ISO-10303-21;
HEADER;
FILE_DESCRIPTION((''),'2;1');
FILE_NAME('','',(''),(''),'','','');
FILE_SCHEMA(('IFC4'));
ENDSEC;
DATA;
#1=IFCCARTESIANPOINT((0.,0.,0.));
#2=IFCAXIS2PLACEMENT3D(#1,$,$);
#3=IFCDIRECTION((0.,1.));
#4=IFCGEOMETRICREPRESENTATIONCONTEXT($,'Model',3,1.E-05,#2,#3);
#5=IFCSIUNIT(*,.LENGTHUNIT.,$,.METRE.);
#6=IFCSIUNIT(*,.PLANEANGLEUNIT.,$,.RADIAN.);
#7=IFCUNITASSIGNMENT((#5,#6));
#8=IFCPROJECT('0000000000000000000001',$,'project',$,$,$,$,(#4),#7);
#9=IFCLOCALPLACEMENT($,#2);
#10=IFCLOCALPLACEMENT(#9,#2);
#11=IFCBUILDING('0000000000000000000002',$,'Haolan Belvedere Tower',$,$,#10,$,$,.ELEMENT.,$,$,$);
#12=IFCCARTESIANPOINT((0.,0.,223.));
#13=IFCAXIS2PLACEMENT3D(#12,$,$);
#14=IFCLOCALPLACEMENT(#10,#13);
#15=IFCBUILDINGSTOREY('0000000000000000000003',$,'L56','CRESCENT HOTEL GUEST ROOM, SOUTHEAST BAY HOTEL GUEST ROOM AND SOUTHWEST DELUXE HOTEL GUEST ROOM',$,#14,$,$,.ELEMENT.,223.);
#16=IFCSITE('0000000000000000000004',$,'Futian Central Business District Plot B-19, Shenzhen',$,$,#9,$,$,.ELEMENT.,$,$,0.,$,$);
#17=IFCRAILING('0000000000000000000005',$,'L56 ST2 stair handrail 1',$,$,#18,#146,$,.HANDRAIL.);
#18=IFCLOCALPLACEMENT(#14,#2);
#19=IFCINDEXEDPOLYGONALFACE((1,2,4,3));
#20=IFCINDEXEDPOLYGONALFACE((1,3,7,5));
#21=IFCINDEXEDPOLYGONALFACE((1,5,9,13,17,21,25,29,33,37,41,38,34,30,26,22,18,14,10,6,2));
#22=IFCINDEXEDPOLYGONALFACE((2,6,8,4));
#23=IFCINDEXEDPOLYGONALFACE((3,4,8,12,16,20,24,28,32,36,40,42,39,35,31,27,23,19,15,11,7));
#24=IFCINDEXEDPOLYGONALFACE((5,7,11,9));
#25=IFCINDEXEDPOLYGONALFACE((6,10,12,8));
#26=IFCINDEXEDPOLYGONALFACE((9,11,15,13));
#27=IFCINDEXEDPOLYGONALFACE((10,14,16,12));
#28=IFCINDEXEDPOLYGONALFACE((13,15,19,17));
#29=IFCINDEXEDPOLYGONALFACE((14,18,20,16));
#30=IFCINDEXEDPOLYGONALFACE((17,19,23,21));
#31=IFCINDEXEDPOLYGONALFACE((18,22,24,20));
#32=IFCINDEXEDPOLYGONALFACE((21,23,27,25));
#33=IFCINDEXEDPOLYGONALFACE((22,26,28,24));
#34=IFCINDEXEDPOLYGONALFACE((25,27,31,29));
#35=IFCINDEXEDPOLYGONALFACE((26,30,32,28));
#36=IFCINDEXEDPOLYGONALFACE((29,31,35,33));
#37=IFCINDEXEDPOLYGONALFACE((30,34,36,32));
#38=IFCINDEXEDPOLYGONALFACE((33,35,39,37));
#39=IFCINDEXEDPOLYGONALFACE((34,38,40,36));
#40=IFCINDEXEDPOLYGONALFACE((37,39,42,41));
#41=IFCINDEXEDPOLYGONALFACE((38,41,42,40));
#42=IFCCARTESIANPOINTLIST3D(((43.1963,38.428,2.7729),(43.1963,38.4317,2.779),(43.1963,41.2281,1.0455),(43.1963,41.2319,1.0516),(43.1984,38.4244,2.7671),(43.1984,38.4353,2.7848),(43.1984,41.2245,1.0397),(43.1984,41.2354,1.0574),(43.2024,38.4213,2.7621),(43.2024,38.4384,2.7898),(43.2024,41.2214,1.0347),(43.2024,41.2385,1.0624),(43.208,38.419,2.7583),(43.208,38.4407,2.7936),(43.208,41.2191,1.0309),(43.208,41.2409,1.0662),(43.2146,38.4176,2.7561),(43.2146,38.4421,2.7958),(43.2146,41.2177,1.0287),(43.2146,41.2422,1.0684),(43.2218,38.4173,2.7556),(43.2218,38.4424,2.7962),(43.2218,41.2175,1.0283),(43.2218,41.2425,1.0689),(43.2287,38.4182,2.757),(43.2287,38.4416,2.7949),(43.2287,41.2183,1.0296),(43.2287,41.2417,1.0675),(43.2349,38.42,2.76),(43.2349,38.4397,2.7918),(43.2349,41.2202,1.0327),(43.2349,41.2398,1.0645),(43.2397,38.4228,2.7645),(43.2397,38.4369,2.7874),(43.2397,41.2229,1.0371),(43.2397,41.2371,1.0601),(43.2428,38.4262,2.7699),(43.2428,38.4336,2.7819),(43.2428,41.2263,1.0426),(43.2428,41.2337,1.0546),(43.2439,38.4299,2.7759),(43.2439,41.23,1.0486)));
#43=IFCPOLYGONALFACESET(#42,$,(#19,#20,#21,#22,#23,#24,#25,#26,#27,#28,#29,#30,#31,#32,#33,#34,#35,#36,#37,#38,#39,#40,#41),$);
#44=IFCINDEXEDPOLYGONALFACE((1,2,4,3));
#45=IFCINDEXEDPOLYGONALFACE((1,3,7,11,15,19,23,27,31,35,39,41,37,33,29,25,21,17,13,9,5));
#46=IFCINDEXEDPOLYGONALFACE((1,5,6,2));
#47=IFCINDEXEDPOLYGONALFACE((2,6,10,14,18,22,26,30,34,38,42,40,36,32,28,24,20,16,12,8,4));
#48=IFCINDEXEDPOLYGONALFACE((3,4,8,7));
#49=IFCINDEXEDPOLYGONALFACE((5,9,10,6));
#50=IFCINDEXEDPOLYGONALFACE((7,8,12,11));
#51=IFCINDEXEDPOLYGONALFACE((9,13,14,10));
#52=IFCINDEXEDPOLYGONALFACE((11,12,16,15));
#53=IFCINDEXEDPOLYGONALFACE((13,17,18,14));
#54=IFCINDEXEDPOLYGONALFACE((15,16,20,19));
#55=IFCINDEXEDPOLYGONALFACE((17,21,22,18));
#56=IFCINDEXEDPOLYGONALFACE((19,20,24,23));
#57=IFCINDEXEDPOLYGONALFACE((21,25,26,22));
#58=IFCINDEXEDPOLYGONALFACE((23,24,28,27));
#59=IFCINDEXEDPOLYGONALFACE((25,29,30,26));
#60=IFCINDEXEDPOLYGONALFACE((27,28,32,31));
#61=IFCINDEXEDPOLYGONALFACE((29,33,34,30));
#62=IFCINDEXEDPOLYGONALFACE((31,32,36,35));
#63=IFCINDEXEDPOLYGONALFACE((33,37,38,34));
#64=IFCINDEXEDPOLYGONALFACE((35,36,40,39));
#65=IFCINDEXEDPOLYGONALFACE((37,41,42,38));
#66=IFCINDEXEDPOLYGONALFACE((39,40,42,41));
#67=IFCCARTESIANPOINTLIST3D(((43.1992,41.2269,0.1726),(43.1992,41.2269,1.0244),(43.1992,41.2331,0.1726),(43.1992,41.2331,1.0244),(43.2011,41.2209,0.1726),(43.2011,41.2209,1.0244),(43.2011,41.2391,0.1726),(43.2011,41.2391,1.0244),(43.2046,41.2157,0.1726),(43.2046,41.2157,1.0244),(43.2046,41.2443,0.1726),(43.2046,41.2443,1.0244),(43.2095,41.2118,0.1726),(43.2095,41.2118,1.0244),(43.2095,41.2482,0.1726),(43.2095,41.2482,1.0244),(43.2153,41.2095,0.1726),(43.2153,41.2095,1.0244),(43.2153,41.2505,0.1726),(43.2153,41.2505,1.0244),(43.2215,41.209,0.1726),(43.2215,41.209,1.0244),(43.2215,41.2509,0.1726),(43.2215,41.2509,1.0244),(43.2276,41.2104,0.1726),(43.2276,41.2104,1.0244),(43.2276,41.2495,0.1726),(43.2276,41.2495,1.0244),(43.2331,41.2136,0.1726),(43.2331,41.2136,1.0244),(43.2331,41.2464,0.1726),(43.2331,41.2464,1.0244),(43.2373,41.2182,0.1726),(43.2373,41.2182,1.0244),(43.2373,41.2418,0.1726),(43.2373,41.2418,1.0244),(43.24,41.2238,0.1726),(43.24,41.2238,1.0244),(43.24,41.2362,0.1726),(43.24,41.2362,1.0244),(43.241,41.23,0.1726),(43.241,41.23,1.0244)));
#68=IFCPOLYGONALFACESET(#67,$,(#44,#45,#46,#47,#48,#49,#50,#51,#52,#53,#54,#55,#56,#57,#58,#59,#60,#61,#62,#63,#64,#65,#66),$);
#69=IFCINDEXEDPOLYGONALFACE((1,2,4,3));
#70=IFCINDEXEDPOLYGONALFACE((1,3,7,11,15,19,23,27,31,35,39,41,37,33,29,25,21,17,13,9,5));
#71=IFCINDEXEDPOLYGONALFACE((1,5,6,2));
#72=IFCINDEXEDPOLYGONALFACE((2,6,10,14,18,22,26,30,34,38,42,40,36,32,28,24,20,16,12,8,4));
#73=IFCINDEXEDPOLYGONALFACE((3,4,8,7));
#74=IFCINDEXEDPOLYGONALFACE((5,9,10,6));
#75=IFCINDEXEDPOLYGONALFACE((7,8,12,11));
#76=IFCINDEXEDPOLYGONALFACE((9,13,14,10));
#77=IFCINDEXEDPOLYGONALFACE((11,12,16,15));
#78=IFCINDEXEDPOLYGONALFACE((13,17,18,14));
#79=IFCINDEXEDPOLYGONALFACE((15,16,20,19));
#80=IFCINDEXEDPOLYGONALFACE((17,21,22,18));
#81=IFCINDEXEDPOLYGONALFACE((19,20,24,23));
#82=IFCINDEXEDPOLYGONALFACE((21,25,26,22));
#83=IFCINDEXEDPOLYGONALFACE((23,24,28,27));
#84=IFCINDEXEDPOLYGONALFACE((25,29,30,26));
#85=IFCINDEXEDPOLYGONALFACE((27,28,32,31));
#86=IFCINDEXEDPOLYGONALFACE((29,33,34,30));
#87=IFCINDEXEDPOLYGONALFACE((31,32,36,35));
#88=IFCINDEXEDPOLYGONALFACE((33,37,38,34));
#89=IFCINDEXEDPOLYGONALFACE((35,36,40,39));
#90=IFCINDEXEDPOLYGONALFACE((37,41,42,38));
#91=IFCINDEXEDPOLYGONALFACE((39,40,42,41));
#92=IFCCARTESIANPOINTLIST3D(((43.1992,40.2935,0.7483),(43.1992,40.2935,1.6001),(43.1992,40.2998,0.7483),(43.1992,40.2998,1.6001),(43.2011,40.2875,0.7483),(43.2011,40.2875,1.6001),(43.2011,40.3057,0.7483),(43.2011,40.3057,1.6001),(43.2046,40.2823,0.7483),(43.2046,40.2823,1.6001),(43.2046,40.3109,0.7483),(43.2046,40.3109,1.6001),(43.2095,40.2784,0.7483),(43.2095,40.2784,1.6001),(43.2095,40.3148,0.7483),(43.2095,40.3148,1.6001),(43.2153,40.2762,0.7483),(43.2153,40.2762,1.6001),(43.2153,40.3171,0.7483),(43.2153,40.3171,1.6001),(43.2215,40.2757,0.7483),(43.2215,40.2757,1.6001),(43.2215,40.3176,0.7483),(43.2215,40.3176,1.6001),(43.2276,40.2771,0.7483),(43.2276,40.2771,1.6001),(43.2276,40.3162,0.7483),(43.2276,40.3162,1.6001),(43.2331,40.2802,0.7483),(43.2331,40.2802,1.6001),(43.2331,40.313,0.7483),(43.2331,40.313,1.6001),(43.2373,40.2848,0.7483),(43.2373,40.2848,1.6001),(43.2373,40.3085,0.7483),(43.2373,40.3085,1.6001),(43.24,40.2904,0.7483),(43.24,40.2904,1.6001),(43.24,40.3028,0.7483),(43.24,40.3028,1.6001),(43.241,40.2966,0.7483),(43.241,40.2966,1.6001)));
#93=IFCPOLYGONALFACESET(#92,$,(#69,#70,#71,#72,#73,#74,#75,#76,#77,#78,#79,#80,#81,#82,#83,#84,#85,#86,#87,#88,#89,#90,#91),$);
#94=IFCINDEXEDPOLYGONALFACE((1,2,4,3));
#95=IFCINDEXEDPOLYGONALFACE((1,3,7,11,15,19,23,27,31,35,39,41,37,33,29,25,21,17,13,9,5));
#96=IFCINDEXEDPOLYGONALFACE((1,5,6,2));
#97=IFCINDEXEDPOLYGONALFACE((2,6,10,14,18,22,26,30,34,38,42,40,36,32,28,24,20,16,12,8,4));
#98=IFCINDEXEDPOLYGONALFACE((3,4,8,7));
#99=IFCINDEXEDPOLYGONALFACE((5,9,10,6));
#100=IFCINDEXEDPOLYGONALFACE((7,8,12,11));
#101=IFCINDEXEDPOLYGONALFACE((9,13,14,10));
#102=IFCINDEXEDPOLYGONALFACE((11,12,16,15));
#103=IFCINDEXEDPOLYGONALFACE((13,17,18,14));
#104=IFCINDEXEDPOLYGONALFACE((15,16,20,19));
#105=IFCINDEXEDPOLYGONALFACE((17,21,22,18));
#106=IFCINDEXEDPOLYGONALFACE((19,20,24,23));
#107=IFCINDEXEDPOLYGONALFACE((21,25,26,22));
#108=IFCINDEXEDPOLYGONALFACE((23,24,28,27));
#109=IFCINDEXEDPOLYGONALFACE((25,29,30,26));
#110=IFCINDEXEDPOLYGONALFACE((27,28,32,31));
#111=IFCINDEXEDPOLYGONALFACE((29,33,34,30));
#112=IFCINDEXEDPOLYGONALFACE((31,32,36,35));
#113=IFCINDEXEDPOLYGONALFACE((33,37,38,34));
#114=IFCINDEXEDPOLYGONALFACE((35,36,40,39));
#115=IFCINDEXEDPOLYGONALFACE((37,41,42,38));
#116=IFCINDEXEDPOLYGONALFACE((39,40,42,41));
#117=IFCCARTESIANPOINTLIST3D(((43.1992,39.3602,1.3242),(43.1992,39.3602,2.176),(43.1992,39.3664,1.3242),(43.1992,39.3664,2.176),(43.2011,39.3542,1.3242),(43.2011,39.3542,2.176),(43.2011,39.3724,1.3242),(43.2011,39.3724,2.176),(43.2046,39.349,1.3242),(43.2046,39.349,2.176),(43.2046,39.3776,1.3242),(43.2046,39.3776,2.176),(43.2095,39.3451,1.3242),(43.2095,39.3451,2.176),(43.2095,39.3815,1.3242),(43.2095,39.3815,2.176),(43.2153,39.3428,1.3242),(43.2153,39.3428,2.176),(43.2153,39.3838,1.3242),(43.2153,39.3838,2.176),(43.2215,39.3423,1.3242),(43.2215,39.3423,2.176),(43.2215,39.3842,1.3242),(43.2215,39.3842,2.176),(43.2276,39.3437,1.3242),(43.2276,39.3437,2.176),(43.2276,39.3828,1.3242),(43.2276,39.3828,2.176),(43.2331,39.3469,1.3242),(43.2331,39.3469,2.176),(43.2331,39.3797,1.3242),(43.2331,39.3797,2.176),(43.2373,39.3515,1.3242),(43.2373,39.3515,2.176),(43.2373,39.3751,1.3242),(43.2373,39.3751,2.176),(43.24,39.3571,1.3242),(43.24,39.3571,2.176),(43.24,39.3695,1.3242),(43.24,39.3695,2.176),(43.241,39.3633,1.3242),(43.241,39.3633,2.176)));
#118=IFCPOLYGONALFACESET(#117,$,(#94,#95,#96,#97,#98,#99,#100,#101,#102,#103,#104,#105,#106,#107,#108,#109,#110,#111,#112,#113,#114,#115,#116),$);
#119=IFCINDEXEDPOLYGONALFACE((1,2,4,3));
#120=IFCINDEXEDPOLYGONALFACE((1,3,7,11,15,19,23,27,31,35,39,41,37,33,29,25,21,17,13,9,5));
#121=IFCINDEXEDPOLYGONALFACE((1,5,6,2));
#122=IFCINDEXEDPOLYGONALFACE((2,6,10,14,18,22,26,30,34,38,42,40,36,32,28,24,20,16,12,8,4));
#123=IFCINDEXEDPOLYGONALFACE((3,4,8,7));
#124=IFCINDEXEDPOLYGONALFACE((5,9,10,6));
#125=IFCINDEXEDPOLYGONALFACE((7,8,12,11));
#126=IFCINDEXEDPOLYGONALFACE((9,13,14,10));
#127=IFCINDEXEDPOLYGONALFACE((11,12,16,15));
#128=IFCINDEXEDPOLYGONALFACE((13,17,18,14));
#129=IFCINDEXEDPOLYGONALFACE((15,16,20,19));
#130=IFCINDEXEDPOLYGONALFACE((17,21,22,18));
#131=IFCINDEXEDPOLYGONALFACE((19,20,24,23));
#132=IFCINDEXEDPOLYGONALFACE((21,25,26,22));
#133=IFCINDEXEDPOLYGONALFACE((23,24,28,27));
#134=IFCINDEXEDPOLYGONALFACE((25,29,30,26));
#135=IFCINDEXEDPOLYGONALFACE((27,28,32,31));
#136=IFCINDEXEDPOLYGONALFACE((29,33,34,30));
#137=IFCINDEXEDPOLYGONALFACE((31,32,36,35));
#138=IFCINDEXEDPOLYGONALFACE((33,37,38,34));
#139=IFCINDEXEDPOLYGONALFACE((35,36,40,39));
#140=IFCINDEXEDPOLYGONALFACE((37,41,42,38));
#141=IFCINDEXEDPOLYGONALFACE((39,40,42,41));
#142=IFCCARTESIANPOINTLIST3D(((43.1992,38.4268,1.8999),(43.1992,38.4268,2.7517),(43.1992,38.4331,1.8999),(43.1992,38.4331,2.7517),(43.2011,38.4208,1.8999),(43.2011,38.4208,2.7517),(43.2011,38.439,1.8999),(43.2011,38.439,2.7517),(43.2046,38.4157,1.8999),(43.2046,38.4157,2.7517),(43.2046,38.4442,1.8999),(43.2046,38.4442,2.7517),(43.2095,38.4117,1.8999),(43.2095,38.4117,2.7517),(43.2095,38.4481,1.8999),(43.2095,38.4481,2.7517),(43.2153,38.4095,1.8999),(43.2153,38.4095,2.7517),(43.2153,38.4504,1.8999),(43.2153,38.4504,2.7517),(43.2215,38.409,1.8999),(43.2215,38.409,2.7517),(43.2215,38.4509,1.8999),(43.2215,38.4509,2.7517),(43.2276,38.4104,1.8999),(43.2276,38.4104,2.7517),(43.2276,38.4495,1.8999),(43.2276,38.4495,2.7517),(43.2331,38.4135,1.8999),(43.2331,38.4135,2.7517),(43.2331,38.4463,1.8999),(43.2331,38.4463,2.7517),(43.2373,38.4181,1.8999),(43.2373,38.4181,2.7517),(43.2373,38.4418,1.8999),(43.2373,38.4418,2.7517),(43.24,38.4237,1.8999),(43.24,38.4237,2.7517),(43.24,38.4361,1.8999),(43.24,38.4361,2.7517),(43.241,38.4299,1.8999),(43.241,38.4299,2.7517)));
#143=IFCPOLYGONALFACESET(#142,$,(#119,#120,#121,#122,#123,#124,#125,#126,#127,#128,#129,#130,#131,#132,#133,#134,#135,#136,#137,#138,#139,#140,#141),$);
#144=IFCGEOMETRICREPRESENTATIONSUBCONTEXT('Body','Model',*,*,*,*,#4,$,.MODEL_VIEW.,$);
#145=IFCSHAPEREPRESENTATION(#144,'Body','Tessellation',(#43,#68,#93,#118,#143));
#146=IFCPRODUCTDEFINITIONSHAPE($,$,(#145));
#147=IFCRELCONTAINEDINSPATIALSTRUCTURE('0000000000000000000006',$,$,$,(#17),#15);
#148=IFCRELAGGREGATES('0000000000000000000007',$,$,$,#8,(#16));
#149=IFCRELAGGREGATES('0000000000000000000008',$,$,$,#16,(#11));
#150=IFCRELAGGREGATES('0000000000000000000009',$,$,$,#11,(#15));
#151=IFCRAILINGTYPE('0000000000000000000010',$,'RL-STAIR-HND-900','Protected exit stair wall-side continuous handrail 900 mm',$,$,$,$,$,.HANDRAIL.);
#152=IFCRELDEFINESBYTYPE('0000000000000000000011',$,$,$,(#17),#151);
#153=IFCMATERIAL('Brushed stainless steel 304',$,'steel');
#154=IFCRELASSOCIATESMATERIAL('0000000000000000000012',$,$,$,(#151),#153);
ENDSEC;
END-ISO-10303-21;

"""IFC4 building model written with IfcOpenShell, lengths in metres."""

from ifc_helpers import new_model, si_unit, direction, frame, origin, origin_2d, place, context, subcontext, project, spatial, circle, extrude, material, type_object, element, save


model = new_model("IFC4")

# Units and contexts
model_context = context("Model", 3, precision=1e-05, world=origin(), true_north=direction((0.0, 1.0)))
body_context = subcontext(model_context, "Body", "Model", "MODEL_VIEW")
ifc_project = project(units=[si_unit("LENGTHUNIT", "METRE"), si_unit("PLANEANGLEUNIT", "RADIAN")], contexts=[model_context])

# Site, building, storey
site_placement = place(None, origin())
site = spatial("IfcSite", under=ifc_project, at=site_placement, Name="Futian Central Business District Plot B-19, Shenzhen", CompositionType="ELEMENT", RefElevation=0.0)
building_placement = place(site_placement, origin())
building = spatial("IfcBuilding", under=site, at=building_placement, Name="Haolan Belvedere Tower", CompositionType="ELEMENT")
storey_placement = place(building_placement, frame((0.0, 0.0, 223.0)))
storey = spatial("IfcBuildingStorey", under=building, at=storey_placement, Name="L56", Description="CRESCENT HOTEL GUEST ROOM, SOUTHEAST BAY HOTEL GUEST ROOM AND SOUTHWEST DELUXE HOTEL GUEST ROOM", CompositionType="ELEMENT", Elevation=223.0)

# Railing
ifc_material_1 = material(Name="Brushed stainless steel 304", Category="steel")
railing_type_1 = type_object("IfcRailingType", Name="RL-STAIR-HND-900", Description="Protected exit stair wall-side continuous handrail 900 mm", PredefinedType="HANDRAIL", material=ifc_material_1)
railing_1_placement = place(storey_placement, frame((43.22, 41.23, 0.1726)))
element("IfcRailing", 1, at=railing_1_placement, inside=storey, type_object=railing_type_1, Name="L56 ST2 stair handrail 1", PredefinedType="HANDRAIL", context=body_context, shape_type="SweptSolid", body=[
    extrude(circle(Radius=0.0239, at=origin_2d()), frame((0.0, 0.0, 0.876), z_axis=(0.0, -0.85109, 0.52502), x_axis=(1.0, 0.0, 0.0)), (0.0, 0.0, 1.0), 3.29),
    extrude(circle(Radius=0.021, at=origin_2d()), origin(), (0.0, 0.0, 1.0), 0.8518),
    extrude(circle(Radius=0.021, at=origin_2d()), frame((0.0, -0.9333, 0.5757)), (0.0, 0.0, 1.0), 0.8518),
    extrude(circle(Radius=0.021, at=origin_2d()), frame((0.0, -1.8667, 1.1516)), (0.0, 0.0, 1.0), 0.8518),
    extrude(circle(Radius=0.021, at=origin_2d()), frame((0.0, -2.8, 1.7273)), (0.0, 0.0, 1.0), 0.8518),
])

save(model, "model.ifc")
